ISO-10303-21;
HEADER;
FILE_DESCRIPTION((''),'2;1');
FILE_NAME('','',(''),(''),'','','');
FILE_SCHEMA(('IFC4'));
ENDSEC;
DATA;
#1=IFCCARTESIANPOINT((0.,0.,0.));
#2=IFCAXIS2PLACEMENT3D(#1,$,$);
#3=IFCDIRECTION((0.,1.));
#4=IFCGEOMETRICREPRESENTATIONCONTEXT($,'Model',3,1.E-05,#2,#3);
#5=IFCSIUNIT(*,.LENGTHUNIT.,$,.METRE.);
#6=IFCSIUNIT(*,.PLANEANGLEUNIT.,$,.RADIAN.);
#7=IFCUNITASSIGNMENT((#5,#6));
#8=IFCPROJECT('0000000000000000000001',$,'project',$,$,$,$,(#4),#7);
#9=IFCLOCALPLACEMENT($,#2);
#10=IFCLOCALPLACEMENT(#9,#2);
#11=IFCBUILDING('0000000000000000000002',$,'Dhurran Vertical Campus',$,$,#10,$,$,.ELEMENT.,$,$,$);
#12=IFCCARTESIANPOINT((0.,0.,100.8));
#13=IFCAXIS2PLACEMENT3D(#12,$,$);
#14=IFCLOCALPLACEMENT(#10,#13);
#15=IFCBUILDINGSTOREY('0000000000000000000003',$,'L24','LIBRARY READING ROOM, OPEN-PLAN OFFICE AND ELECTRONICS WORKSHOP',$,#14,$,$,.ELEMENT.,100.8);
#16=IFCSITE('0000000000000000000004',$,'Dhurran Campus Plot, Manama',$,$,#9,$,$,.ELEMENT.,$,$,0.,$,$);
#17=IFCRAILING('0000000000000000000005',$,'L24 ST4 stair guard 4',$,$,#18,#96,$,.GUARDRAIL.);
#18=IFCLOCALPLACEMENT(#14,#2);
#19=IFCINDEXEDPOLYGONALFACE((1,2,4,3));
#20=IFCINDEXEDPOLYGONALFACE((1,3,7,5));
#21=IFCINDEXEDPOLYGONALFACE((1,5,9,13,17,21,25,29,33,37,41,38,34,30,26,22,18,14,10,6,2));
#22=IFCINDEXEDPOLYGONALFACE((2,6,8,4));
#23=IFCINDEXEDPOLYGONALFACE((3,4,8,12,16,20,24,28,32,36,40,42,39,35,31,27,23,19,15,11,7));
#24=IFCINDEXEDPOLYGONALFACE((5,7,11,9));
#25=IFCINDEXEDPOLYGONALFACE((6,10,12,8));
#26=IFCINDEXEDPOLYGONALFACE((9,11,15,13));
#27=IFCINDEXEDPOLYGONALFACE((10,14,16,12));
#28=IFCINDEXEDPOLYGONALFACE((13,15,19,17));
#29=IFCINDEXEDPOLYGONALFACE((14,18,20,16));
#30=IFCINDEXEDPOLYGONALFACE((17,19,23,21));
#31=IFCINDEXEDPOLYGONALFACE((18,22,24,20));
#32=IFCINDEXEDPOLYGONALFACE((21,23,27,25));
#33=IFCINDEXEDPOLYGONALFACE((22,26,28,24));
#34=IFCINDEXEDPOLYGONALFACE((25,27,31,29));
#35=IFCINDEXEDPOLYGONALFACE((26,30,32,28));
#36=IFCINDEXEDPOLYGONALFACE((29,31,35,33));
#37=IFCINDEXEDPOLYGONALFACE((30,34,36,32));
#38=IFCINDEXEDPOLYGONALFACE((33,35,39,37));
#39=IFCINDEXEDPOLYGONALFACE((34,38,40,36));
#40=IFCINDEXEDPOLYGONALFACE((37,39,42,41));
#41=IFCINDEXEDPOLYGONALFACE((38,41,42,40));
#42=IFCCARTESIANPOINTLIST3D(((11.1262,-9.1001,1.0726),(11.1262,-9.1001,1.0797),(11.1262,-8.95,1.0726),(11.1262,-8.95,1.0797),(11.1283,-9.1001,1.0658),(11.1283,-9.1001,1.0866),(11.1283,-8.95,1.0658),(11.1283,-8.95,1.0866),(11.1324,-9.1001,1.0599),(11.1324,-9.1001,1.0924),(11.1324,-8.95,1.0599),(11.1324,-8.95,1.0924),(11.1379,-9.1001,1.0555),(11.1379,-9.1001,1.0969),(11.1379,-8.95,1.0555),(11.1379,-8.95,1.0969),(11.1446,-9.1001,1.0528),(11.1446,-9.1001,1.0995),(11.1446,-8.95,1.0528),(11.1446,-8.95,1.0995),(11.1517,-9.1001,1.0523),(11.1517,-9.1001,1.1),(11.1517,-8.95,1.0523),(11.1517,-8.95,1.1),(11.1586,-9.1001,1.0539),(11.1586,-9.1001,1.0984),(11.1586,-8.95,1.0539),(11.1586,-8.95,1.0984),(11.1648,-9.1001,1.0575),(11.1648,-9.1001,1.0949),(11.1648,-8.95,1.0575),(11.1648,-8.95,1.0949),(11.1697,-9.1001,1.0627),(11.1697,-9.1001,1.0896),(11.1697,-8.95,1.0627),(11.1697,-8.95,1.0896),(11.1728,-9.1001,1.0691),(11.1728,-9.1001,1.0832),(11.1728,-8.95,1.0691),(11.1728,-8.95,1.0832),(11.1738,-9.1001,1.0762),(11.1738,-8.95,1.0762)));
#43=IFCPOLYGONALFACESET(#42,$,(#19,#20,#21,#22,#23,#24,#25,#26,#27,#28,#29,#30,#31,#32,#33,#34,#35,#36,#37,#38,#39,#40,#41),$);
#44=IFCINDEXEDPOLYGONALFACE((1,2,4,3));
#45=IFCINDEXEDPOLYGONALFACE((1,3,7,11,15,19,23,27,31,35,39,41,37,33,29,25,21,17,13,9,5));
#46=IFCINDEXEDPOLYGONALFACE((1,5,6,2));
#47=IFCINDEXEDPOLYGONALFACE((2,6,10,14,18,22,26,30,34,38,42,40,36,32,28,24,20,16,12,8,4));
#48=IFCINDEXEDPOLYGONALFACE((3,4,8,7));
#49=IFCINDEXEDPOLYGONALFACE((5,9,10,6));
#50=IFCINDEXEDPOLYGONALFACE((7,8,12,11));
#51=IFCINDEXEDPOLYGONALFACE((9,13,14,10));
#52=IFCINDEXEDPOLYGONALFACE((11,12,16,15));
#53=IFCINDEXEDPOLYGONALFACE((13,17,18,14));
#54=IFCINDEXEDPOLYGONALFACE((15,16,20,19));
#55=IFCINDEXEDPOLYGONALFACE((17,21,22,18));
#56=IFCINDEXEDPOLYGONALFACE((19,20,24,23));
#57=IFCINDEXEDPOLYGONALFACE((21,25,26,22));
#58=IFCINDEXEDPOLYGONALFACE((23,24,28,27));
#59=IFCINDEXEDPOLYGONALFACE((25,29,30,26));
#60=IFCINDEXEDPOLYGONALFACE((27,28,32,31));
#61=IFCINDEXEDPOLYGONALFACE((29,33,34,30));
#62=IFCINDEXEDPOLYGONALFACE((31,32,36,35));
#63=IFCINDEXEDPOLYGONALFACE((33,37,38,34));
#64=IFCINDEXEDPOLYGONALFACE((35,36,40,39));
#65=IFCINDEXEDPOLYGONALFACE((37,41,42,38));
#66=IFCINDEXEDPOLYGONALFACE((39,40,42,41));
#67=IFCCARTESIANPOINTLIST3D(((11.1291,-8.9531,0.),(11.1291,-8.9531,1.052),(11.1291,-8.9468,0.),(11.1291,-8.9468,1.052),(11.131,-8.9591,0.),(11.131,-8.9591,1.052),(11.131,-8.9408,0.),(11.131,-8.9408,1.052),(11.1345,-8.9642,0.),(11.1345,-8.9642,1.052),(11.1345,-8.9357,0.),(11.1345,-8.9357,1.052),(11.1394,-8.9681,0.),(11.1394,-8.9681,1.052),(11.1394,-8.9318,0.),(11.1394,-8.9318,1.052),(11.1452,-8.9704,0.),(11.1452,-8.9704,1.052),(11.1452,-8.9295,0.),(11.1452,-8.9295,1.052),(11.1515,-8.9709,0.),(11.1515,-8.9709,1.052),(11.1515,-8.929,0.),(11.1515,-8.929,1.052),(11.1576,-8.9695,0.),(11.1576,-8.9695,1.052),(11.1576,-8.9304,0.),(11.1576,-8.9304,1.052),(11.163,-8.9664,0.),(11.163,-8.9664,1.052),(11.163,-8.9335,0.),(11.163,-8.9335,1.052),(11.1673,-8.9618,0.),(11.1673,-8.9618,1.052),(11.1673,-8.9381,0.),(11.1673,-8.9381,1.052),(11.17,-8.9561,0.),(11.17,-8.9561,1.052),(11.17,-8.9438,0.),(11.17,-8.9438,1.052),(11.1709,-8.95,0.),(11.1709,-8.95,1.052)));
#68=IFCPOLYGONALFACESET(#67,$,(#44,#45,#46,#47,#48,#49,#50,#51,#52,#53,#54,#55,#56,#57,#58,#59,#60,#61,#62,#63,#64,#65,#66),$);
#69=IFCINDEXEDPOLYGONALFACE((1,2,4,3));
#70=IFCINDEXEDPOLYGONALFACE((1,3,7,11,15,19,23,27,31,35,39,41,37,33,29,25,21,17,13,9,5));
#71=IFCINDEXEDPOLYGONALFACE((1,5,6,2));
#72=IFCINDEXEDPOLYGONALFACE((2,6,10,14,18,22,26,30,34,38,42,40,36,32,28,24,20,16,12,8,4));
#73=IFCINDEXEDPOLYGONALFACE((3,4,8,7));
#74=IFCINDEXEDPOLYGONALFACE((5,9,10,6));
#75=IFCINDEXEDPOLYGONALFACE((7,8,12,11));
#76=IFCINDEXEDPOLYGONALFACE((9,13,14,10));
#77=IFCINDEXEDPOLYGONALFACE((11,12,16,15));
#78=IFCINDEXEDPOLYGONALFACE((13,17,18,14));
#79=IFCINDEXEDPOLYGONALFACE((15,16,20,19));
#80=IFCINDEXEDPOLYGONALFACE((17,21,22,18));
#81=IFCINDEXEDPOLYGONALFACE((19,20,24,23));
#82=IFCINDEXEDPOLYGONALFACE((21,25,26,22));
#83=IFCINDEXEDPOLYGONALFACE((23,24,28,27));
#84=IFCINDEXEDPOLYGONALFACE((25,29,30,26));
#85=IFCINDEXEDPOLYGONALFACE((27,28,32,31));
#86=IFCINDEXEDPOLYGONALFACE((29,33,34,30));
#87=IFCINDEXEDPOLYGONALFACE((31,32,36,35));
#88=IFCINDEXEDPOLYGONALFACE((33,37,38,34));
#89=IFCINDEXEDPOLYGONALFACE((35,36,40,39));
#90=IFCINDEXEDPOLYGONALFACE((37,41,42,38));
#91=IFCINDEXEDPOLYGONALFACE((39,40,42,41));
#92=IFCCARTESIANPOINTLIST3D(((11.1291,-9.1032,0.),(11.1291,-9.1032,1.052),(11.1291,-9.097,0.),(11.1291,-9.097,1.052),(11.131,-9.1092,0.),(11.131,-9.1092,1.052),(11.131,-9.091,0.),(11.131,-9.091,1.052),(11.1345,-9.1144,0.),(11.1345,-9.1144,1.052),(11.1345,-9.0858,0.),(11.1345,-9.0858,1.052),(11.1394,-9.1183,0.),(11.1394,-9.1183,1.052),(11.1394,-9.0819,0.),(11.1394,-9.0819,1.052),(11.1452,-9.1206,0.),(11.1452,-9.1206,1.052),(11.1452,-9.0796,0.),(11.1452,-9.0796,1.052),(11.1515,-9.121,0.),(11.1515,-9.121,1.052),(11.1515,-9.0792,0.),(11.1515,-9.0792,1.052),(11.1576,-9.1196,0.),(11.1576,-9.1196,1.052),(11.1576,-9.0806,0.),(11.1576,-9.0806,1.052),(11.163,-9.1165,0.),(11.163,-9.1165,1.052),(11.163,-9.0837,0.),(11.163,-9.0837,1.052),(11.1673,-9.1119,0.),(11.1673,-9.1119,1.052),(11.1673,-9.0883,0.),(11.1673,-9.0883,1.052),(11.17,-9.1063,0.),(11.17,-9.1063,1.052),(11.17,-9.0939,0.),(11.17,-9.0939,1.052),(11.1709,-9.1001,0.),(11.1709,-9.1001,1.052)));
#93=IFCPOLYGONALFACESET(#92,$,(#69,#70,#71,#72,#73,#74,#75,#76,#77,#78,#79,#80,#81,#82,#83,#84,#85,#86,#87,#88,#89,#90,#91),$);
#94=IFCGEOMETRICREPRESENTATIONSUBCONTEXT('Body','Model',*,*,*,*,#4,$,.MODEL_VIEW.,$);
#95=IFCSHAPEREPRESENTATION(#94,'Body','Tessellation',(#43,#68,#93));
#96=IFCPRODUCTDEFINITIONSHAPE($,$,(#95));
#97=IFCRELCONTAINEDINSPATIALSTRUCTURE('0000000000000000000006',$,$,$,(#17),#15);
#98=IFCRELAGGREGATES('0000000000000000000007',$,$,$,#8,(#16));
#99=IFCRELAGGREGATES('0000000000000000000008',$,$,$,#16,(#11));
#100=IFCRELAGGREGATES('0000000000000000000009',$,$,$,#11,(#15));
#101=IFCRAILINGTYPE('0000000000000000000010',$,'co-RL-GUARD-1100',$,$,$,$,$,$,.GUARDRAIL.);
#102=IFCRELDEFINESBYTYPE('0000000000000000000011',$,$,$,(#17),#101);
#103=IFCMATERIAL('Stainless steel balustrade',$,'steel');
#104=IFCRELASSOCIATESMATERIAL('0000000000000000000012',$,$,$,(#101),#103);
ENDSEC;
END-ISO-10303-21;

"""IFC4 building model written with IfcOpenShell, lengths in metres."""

from ifc_helpers import new_model, si_unit, direction, frame, origin, origin_2d, place, context, subcontext, project, spatial, circle, extrude, material, type_object, element, save


model = new_model("IFC4")

# Units and contexts
model_context = context("Model", 3, precision=1e-05, world=origin(), true_north=direction((0.0, 1.0)))
body_context = subcontext(model_context, "Body", "Model", "MODEL_VIEW")
ifc_project = project(units=[si_unit("LENGTHUNIT", "METRE"), si_unit("PLANEANGLEUNIT", "RADIAN")], contexts=[model_context])

# Site, building, storey
site_placement = place(None, origin())
site = spatial("IfcSite", under=ifc_project, at=site_placement, Name="Dhurran Campus Plot, Manama", CompositionType="ELEMENT", RefElevation=0.0)
building_placement = place(site_placement, origin())
building = spatial("IfcBuilding", under=site, at=building_placement, Name="Dhurran Vertical Campus", CompositionType="ELEMENT")
storey_placement = place(building_placement, frame((0.0, 0.0, 100.8)))
storey = spatial("IfcBuildingStorey", under=building, at=storey_placement, Name="L24", Description="LIBRARY READING ROOM, OPEN-PLAN OFFICE AND ELECTRONICS WORKSHOP", CompositionType="ELEMENT", Elevation=100.8)

# Railing
ifc_material_1 = material(Name="Stainless steel balustrade", Category="steel")
railing_type_1 = type_object("IfcRailingType", Name="co-RL-GUARD-1100", PredefinedType="GUARDRAIL", material=ifc_material_1)
railing_1_placement = place(storey_placement, frame((11.1499, -8.95, 0.0)))
element("IfcRailing", 1, at=railing_1_placement, inside=storey, type_object=railing_type_1, Name="L24 ST4 stair guard 4", PredefinedType="GUARDRAIL", context=body_context, shape_type="SweptSolid", body=[
    extrude(circle(Radius=0.0239, at=origin_2d()), frame((0.0, 0.0, 1.0762), z_axis=(0.0, -1.0, 0.0), x_axis=(1.0, 0.0, 0.0)), (0.0, 0.0, 1.0), 0.1501),
    extrude(circle(Radius=0.021, at=origin_2d()), origin(), (0.0, 0.0, 1.0), 1.052),
    extrude(circle(Radius=0.021, at=origin_2d()), frame((0.0, -0.1501, 0.0)), (0.0, 0.0, 1.0), 1.052),
])

save(model, "model.ifc")
